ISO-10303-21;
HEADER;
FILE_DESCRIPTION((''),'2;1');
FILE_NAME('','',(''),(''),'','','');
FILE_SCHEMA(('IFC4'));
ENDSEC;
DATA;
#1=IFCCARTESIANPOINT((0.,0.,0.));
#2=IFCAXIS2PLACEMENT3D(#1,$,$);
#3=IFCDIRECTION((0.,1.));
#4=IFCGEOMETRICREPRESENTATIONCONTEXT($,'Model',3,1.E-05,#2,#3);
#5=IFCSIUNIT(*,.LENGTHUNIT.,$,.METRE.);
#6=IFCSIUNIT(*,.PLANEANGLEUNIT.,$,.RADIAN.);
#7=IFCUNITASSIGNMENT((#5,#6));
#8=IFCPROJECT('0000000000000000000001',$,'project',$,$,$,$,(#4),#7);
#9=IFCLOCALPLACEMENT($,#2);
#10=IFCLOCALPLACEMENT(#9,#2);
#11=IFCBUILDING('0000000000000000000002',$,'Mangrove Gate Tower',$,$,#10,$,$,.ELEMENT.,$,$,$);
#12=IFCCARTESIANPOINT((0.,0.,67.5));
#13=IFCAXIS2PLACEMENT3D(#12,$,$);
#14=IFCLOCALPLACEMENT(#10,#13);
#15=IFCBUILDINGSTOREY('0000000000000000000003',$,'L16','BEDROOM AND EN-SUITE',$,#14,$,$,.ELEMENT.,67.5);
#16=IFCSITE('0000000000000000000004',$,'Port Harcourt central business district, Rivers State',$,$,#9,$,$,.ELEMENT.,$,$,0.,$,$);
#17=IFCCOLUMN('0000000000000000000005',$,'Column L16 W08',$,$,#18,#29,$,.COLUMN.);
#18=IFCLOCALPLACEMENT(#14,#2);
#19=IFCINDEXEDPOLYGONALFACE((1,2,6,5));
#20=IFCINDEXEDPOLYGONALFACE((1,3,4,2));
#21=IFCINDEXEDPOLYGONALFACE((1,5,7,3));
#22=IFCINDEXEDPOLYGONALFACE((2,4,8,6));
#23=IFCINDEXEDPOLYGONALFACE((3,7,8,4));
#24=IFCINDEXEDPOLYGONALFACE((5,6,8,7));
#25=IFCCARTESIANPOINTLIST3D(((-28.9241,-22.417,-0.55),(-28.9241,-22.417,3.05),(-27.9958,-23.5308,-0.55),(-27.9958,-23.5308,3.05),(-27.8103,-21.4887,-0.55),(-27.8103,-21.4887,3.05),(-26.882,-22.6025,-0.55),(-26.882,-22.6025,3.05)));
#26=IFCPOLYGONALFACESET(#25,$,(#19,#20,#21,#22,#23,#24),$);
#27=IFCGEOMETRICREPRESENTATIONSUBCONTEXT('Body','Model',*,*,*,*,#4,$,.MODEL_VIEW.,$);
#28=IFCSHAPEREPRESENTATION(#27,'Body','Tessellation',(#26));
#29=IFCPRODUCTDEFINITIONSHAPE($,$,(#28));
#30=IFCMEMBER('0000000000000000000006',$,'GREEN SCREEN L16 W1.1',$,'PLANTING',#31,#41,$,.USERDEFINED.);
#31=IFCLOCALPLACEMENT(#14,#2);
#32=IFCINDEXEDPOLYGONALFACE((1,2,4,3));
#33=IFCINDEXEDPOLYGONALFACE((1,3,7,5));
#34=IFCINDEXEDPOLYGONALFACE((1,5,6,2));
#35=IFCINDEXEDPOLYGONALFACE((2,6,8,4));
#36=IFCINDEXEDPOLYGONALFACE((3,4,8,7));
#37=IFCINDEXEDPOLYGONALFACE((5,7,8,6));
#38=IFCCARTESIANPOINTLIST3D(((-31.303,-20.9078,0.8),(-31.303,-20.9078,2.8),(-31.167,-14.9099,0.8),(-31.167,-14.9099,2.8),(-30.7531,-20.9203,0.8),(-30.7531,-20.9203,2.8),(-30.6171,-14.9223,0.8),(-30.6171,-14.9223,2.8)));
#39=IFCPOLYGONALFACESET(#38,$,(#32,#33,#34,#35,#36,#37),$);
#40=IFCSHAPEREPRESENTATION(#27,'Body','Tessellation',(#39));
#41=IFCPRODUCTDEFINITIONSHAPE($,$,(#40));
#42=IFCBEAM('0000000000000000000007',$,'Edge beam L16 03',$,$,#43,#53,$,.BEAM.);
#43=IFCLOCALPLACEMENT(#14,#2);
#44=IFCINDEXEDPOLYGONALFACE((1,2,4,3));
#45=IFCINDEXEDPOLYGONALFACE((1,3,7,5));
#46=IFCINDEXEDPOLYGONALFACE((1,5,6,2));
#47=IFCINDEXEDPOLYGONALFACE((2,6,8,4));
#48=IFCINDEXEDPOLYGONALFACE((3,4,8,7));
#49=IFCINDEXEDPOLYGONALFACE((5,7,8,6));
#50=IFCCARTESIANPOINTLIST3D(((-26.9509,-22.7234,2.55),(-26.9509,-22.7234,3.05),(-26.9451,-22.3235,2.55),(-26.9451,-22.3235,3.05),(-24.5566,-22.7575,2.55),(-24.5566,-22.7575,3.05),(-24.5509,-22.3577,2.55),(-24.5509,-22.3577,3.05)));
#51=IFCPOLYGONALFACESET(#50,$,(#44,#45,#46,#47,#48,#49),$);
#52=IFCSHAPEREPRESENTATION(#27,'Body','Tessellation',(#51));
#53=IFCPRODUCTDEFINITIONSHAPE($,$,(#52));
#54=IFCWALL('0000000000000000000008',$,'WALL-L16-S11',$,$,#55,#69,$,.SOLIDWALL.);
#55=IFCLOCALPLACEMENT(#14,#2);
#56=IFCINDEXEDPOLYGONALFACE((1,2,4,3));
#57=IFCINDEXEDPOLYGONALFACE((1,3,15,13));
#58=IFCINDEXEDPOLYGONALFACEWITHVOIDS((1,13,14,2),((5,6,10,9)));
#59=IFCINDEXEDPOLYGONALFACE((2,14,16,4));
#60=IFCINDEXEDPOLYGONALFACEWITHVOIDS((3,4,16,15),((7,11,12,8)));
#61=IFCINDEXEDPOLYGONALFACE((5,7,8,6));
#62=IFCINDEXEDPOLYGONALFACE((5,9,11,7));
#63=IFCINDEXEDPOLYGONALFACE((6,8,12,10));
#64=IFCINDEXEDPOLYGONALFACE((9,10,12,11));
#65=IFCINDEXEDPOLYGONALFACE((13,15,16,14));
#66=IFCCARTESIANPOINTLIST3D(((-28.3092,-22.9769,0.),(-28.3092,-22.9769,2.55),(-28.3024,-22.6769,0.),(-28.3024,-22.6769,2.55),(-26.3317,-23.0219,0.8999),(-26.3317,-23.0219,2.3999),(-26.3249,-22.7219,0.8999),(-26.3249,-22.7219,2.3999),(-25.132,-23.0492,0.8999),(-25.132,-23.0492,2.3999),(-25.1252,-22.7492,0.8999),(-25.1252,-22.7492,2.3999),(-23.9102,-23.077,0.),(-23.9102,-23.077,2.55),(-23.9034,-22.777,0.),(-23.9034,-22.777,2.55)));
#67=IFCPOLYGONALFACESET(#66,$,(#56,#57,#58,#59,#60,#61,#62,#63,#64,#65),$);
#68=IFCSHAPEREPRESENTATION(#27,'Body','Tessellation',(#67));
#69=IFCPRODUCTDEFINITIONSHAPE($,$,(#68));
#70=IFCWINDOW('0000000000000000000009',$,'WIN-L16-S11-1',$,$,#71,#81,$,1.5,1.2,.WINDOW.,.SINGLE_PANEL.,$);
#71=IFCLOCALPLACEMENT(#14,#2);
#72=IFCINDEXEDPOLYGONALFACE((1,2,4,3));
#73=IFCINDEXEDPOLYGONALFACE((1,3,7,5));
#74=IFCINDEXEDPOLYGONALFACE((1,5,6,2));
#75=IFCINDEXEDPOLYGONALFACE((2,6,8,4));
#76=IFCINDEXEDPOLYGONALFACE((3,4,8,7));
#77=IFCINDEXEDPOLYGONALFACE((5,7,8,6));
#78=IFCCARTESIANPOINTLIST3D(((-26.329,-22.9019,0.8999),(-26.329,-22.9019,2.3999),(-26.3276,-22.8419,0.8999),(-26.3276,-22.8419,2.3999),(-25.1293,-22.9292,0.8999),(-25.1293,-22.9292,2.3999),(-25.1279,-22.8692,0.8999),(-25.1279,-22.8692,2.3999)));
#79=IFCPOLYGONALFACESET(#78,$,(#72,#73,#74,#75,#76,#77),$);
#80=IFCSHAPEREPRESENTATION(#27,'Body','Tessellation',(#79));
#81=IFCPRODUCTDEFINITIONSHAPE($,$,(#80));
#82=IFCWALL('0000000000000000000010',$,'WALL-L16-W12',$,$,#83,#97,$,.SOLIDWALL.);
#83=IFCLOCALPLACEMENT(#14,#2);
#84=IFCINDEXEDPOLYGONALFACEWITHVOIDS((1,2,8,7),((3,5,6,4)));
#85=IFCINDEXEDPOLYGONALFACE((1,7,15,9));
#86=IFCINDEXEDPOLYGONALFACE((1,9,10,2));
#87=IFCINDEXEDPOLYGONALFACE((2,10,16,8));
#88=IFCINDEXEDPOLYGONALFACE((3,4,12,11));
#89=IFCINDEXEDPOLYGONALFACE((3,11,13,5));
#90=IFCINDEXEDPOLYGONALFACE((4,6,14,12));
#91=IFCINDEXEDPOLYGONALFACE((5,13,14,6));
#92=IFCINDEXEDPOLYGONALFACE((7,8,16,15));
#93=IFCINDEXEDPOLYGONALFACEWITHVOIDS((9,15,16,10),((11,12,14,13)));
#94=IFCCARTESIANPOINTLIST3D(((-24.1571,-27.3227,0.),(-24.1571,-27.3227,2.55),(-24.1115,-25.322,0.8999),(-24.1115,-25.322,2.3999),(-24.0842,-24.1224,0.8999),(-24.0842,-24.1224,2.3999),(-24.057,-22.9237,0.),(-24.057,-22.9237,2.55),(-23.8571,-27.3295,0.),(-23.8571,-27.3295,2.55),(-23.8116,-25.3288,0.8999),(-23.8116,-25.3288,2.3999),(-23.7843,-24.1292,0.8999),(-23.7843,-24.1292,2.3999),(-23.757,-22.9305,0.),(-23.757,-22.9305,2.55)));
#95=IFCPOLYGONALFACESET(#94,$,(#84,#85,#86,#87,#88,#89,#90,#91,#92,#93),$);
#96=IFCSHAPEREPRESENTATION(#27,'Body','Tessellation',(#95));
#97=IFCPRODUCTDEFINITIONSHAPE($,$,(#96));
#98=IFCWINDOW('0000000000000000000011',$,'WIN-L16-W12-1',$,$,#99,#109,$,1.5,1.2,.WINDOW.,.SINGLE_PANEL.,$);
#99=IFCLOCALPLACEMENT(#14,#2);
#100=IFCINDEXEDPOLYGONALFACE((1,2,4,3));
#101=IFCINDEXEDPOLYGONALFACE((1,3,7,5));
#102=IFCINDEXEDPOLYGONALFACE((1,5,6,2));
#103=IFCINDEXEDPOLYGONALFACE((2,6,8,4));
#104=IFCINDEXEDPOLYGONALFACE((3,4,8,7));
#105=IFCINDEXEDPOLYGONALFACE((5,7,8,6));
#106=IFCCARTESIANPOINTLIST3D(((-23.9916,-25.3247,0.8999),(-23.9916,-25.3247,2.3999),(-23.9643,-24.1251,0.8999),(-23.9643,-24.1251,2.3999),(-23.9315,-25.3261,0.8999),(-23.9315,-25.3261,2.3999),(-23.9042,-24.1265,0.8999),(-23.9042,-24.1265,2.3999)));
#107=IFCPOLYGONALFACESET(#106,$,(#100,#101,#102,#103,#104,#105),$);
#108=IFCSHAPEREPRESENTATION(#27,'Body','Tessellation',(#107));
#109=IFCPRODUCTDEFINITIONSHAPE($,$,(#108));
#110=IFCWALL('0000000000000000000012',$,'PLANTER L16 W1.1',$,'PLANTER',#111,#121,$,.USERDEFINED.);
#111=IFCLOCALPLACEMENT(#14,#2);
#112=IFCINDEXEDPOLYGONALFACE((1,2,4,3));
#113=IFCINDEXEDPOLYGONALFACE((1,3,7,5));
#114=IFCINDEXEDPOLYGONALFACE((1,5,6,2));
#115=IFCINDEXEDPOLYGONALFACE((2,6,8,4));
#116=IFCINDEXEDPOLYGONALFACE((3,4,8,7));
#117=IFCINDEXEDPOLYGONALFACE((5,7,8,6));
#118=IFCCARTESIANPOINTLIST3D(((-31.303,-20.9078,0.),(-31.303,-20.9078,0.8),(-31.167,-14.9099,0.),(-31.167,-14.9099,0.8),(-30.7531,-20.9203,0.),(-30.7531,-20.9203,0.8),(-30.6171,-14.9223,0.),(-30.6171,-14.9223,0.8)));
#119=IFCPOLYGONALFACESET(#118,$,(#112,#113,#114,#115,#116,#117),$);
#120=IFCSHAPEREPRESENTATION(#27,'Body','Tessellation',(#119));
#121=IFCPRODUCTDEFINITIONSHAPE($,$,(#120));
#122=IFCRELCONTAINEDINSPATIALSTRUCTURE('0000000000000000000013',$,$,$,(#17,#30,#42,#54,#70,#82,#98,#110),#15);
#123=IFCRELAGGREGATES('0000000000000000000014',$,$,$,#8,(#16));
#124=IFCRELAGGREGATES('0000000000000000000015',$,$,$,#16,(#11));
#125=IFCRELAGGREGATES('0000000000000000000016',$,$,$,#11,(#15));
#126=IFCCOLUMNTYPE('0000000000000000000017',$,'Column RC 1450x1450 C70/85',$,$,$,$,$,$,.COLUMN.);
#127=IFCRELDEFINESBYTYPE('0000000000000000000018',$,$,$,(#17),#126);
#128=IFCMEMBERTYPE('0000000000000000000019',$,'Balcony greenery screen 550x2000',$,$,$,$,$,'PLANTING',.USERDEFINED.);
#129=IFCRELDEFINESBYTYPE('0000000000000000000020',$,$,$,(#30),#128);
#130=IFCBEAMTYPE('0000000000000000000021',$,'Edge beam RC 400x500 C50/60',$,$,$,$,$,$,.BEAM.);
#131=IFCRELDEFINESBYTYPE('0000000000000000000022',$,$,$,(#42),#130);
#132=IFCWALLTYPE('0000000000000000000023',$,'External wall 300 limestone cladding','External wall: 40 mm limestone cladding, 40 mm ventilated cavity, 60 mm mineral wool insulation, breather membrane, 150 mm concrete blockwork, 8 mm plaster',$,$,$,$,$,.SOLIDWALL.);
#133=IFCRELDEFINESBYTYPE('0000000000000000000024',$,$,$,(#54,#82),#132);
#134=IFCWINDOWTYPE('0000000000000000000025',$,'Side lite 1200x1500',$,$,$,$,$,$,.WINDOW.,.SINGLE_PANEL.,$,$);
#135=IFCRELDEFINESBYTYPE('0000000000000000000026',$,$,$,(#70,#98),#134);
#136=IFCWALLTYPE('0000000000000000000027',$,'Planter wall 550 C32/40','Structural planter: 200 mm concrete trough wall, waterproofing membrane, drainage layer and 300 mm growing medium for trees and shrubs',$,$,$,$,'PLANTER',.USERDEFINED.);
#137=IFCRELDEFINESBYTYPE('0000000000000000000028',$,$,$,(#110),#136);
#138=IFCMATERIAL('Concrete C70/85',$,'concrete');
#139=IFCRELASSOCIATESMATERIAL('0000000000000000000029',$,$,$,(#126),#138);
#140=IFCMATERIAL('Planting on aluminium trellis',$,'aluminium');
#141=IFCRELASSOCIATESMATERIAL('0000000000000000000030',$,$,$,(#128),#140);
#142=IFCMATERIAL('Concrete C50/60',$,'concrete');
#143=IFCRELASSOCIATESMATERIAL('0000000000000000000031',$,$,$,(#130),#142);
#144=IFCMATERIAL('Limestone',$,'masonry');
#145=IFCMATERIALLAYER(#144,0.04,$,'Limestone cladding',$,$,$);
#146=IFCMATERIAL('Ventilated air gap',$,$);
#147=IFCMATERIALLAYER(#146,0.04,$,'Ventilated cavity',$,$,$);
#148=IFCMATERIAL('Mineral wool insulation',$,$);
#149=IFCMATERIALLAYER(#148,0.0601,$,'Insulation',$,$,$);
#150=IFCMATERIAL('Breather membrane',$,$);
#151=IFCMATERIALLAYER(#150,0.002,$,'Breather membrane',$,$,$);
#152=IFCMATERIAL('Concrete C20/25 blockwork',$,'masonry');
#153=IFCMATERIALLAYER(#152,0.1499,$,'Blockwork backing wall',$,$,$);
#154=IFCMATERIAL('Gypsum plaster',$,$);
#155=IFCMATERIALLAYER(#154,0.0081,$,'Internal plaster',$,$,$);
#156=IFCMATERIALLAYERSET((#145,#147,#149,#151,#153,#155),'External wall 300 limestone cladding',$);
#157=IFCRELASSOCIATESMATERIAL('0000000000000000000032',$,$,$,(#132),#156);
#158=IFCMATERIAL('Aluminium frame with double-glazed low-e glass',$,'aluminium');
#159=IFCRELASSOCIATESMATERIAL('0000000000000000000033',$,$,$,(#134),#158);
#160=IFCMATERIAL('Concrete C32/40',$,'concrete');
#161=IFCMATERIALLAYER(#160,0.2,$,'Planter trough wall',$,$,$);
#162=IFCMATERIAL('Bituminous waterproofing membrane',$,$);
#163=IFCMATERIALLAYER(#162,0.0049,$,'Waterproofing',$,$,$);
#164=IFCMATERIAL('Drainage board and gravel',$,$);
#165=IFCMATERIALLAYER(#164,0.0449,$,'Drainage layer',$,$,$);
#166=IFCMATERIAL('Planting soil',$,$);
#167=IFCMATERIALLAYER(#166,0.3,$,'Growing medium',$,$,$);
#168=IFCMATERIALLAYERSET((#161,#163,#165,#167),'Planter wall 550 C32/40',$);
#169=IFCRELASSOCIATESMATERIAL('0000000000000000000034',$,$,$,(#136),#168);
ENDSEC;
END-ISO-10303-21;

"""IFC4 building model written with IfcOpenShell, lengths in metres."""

from ifc_helpers import new_model, si_unit, direction, frame, frame_2d, origin, origin_2d, place, context, subcontext, project, spatial, rectangle, extrude, material, layer, layer_set, material_profile, profile_set, type_object, element, fill, save


model = new_model("IFC4")

# Units and contexts
model_context = context("Model", 3, precision=1e-05, world=origin(), true_north=direction((0.0, 1.0)))
body_context = subcontext(model_context, "Body", "Model", "MODEL_VIEW")
ifc_project = project(units=[si_unit("LENGTHUNIT", "METRE"), si_unit("PLANEANGLEUNIT", "RADIAN")], contexts=[model_context])

# Site, building, storey
site_placement = place(None, origin())
site = spatial("IfcSite", under=ifc_project, at=site_placement, Name="Port Harcourt central business district, Rivers State", CompositionType="ELEMENT", RefElevation=0.0)
building_placement = place(site_placement, origin())
building = spatial("IfcBuilding", under=site, at=building_placement, Name="Mangrove Gate Tower", CompositionType="ELEMENT")
storey_placement = place(building_placement, frame((0.0, 0.0, 67.5)))
storey = spatial("IfcBuildingStorey", under=building, at=storey_placement, Name="L16", Description="BEDROOM AND EN-SUITE", CompositionType="ELEMENT", Elevation=67.5)

# Column
ifc_material_1 = material(Name="Concrete C70/85", Category="concrete")
ifc_material_profile_1 = material_profile(ifc_material_1, rectangle(XDim=1.45, YDim=1.45, at=origin_2d()))
ifc_profile_set_1 = profile_set([ifc_material_profile_1], Name="Concrete C70/85")
column_type = type_object("IfcColumnType", Name="Column RC 1450x1450 C70/85", PredefinedType="COLUMN", material=ifc_profile_set_1)
column_placement = place(storey_placement, frame((-27.9031, -22.5098, -0.55), z_axis=(0.0, 0.0, 1.0), x_axis=(0.640243, -0.768172, 0.0)))
element("IfcColumn", 1, at=column_placement, inside=storey, type_object=column_type, Name="Column L16 W08", PredefinedType="COLUMN", context=body_context, shape_type="SweptSolid", body=[
    extrude(rectangle(XDim=1.45, YDim=1.45, at=origin_2d()), origin(), (0.0, 0.0, 1.0), 3.6001),
])

# Member
ifc_material_2 = material(Name="Planting on aluminium trellis", Category="aluminium")
ifc_material_profile_2 = material_profile(ifc_material_2, rectangle(XDim=0.55, YDim=2.0, at=origin_2d()))
ifc_profile_set_2 = profile_set([ifc_material_profile_2], Name="Planting on aluminium trellis")
member_type = type_object("IfcMemberType", Name="Balcony greenery screen 550x2000", ElementType="PLANTING", PredefinedType="USERDEFINED", material=ifc_profile_set_2)
member_placement = place(storey_placement, frame((-31.0281, -20.9141, 1.8), z_axis=(0.022666, 0.999743, 0.0), x_axis=(-0.999743, 0.022666, 0.0)))
element("IfcMember", 2, at=member_placement, inside=storey, type_object=member_type, Name="GREEN SCREEN L16 W1.1", ObjectType="PLANTING", PredefinedType="USERDEFINED", context=body_context, shape_type="SweptSolid", body=[
    extrude(rectangle(XDim=0.55, YDim=2.0, at=origin_2d()), origin(), (0.0, 0.0, 1.0), 5.9995),
])

# Beam
ifc_material_3 = material(Name="Concrete C50/60", Category="concrete")
ifc_material_profile_3 = material_profile(ifc_material_3, rectangle(XDim=0.3999, YDim=0.5, at=origin_2d()))
ifc_profile_set_3 = profile_set([ifc_material_profile_3], Name="Concrete C50/60")
beam_type = type_object("IfcBeamType", Name="Edge beam RC 400x500 C50/60", PredefinedType="BEAM", material=ifc_profile_set_3)
beam_placement = place(storey_placement, frame((-26.948, -22.5234, 2.8), z_axis=(0.999898, -0.014274, 0.0), x_axis=(0.014274, 0.999898, 0.0)))
element("IfcBeam", 3, at=beam_placement, inside=storey, type_object=beam_type, Name="Edge beam L16 03", PredefinedType="BEAM", context=body_context, shape_type="SweptSolid", body=[
    extrude(rectangle(XDim=0.3999, YDim=0.5, at=origin_2d()), origin(), (0.0, 0.0, 1.0), 2.3945),
])

# Walls, openings, windows
ifc_material_4 = material(Name="Limestone", Category="masonry")
ifc_layer_1 = layer(ifc_material_4, 0.04, Name="Limestone cladding")
ifc_material_5 = material(Name="Ventilated air gap")
ifc_layer_2 = layer(ifc_material_5, 0.04, Name="Ventilated cavity")
ifc_material_6 = material(Name="Mineral wool insulation")
ifc_layer_3 = layer(ifc_material_6, 0.0601, Name="Insulation")
ifc_material_7 = material(Name="Breather membrane")
ifc_layer_4 = layer(ifc_material_7, 0.002, Name="Breather membrane")
ifc_material_8 = material(Name="Concrete C20/25 blockwork", Category="masonry")
ifc_layer_5 = layer(ifc_material_8, 0.1499, Name="Blockwork backing wall")
ifc_material_9 = material(Name="Gypsum plaster")
ifc_layer_6 = layer(ifc_material_9, 0.0081, Name="Internal plaster")
ifc_layer_set_1 = layer_set([ifc_layer_1, ifc_layer_2, ifc_layer_3, ifc_layer_4, ifc_layer_5, ifc_layer_6], Name="External wall 300 limestone cladding")
wall_type_1 = type_object("IfcWallType", Name="External wall 300 limestone cladding", Description="External wall: 40 mm limestone cladding, 40 mm ventilated cavity, 60 mm mineral wool insulation, breather membrane, 150 mm concrete blockwork, 8 mm plaster", PredefinedType="SOLIDWALL", material=ifc_layer_set_1)
wall_1_placement = place(storey_placement, frame((-28.3059, -22.8269, 0.0), z_axis=(0.0, 0.0, 1.0), x_axis=(0.999741, -0.022749, 0.0)))
wall_1 = element("IfcWall", 4, at=wall_1_placement, inside=storey, type_object=wall_type_1, Name="WALL-L16-S11", PredefinedType="SOLIDWALL", context=body_context, shape_type="SweptSolid", body=[
    extrude(rectangle(XDim=4.4001, YDim=0.3, at=frame_2d((2.2002, 0.0))), origin(), (0.0, 0.0, 1.0), 2.55),
])
opening_1_placement = place(wall_1_placement, frame((1.978, 0.0, 0.8999)))
opening_1 = element("IfcOpeningElement", 5, at=opening_1_placement, cuts=wall_1, PredefinedType="OPENING", context=body_context, shape_type="SweptSolid", body=[
    extrude(rectangle(XDim=1.2, YDim=1.5, at=frame_2d((0.6001, 0.75))), frame((0.0, 0.1599, 0.0), z_axis=(0.0, -1.0, 0.0), x_axis=(1.0, 0.0, 0.0)), (0.0, 0.0, 1.0), 0.3201),
])
ifc_material_10 = material(Name="Aluminium frame with double-glazed low-e glass", Category="aluminium")
window_type_1 = type_object("IfcWindowType", Name="Side lite 1200x1500", PartitioningType="SINGLE_PANEL", PredefinedType="WINDOW", material=ifc_material_10)
window_1_placement = place(opening_1_placement, origin())
window_1 = element("IfcWindow", 6, at=window_1_placement, inside=storey, type_object=window_type_1, Name="WIN-L16-S11-1", OverallHeight=1.5, OverallWidth=1.2, PartitioningType="SINGLE_PANEL", PredefinedType="WINDOW", context=body_context, shape_type="SweptSolid", body=[
    extrude(rectangle(XDim=1.2, YDim=1.5, at=frame_2d((0.6001, 0.75))), frame((0.0, 0.03, 0.0), z_axis=(0.0, -1.0, 0.0), x_axis=(1.0, 0.0, 0.0)), (0.0, 0.0, 1.0), 0.0601),
])
fill(opening_1, window_1)
wall_2_placement = place(storey_placement, frame((-23.907, -22.927, 0.0), z_axis=(0.0, 0.0, 1.0), x_axis=(-0.022749, -0.999741, 0.0)))
wall_2 = element("IfcWall", 7, at=wall_2_placement, inside=storey, type_object=wall_type_1, Name="WALL-L16-W12", PredefinedType="SOLIDWALL", context=body_context, shape_type="SweptSolid", body=[
    extrude(rectangle(XDim=4.4001, YDim=0.3, at=frame_2d((2.2002, 0.0))), origin(), (0.0, 0.0, 1.0), 2.55),
])
opening_2_placement = place(wall_2_placement, frame((1.199, 0.0, 0.8999)))
opening_2 = element("IfcOpeningElement", 8, at=opening_2_placement, cuts=wall_2, PredefinedType="OPENING", context=body_context, shape_type="SweptSolid", body=[
    extrude(rectangle(XDim=1.2, YDim=1.5, at=frame_2d((0.6001, 0.75))), frame((0.0, 0.1599, 0.0), z_axis=(0.0, -1.0, 0.0), x_axis=(1.0, 0.0, 0.0)), (0.0, 0.0, 1.0), 0.3201),
])
window_2_placement = place(opening_2_placement, origin())
window_2 = element("IfcWindow", 9, at=window_2_placement, inside=storey, type_object=window_type_1, Name="WIN-L16-W12-1", OverallHeight=1.5, OverallWidth=1.2, PartitioningType="SINGLE_PANEL", PredefinedType="WINDOW", context=body_context, shape_type="SweptSolid", body=[
    extrude(rectangle(XDim=1.2, YDim=1.5, at=frame_2d((0.6001, 0.75))), frame((0.0, 0.03, 0.0), z_axis=(0.0, -1.0, 0.0), x_axis=(1.0, 0.0, 0.0)), (0.0, 0.0, 1.0), 0.0601),
])
fill(opening_2, window_2)

# Wall
ifc_material_11 = material(Name="Concrete C32/40", Category="concrete")
ifc_layer_7 = layer(ifc_material_11, 0.2, Name="Planter trough wall")
ifc_material_12 = material(Name="Bituminous waterproofing membrane")
ifc_layer_8 = layer(ifc_material_12, 0.0049, Name="Waterproofing")
ifc_material_13 = material(Name="Drainage board and gravel")
ifc_layer_9 = layer(ifc_material_13, 0.0449, Name="Drainage layer")
ifc_material_14 = material(Name="Planting soil")
ifc_layer_10 = layer(ifc_material_14, 0.3, Name="Growing medium")
ifc_layer_set_2 = layer_set([ifc_layer_7, ifc_layer_8, ifc_layer_9, ifc_layer_10], Name="Planter wall 550 C32/40")
wall_type_2 = type_object("IfcWallType", Name="Planter wall 550 C32/40", Description="Structural planter: 200 mm concrete trough wall, waterproofing membrane, drainage layer and 300 mm growing medium for trees and shrubs", ElementType="PLANTER", PredefinedType="USERDEFINED", material=ifc_layer_set_2)
wall_3_placement = place(storey_placement, frame((-31.0281, -20.9141, 0.0), z_axis=(0.0, 0.0, 1.0), x_axis=(0.022666, 0.999743, 0.0)))
element("IfcWall", 10, at=wall_3_placement, inside=storey, type_object=wall_type_2, Name="PLANTER L16 W1.1", ObjectType="PLANTER", PredefinedType="USERDEFINED", context=body_context, shape_type="SweptSolid", body=[
    extrude(rectangle(XDim=5.9995, YDim=0.55, at=frame_2d((2.9998, 0.0))), origin(), (0.0, 0.0, 1.0), 0.8),
])

save(model, "model.ifc")
